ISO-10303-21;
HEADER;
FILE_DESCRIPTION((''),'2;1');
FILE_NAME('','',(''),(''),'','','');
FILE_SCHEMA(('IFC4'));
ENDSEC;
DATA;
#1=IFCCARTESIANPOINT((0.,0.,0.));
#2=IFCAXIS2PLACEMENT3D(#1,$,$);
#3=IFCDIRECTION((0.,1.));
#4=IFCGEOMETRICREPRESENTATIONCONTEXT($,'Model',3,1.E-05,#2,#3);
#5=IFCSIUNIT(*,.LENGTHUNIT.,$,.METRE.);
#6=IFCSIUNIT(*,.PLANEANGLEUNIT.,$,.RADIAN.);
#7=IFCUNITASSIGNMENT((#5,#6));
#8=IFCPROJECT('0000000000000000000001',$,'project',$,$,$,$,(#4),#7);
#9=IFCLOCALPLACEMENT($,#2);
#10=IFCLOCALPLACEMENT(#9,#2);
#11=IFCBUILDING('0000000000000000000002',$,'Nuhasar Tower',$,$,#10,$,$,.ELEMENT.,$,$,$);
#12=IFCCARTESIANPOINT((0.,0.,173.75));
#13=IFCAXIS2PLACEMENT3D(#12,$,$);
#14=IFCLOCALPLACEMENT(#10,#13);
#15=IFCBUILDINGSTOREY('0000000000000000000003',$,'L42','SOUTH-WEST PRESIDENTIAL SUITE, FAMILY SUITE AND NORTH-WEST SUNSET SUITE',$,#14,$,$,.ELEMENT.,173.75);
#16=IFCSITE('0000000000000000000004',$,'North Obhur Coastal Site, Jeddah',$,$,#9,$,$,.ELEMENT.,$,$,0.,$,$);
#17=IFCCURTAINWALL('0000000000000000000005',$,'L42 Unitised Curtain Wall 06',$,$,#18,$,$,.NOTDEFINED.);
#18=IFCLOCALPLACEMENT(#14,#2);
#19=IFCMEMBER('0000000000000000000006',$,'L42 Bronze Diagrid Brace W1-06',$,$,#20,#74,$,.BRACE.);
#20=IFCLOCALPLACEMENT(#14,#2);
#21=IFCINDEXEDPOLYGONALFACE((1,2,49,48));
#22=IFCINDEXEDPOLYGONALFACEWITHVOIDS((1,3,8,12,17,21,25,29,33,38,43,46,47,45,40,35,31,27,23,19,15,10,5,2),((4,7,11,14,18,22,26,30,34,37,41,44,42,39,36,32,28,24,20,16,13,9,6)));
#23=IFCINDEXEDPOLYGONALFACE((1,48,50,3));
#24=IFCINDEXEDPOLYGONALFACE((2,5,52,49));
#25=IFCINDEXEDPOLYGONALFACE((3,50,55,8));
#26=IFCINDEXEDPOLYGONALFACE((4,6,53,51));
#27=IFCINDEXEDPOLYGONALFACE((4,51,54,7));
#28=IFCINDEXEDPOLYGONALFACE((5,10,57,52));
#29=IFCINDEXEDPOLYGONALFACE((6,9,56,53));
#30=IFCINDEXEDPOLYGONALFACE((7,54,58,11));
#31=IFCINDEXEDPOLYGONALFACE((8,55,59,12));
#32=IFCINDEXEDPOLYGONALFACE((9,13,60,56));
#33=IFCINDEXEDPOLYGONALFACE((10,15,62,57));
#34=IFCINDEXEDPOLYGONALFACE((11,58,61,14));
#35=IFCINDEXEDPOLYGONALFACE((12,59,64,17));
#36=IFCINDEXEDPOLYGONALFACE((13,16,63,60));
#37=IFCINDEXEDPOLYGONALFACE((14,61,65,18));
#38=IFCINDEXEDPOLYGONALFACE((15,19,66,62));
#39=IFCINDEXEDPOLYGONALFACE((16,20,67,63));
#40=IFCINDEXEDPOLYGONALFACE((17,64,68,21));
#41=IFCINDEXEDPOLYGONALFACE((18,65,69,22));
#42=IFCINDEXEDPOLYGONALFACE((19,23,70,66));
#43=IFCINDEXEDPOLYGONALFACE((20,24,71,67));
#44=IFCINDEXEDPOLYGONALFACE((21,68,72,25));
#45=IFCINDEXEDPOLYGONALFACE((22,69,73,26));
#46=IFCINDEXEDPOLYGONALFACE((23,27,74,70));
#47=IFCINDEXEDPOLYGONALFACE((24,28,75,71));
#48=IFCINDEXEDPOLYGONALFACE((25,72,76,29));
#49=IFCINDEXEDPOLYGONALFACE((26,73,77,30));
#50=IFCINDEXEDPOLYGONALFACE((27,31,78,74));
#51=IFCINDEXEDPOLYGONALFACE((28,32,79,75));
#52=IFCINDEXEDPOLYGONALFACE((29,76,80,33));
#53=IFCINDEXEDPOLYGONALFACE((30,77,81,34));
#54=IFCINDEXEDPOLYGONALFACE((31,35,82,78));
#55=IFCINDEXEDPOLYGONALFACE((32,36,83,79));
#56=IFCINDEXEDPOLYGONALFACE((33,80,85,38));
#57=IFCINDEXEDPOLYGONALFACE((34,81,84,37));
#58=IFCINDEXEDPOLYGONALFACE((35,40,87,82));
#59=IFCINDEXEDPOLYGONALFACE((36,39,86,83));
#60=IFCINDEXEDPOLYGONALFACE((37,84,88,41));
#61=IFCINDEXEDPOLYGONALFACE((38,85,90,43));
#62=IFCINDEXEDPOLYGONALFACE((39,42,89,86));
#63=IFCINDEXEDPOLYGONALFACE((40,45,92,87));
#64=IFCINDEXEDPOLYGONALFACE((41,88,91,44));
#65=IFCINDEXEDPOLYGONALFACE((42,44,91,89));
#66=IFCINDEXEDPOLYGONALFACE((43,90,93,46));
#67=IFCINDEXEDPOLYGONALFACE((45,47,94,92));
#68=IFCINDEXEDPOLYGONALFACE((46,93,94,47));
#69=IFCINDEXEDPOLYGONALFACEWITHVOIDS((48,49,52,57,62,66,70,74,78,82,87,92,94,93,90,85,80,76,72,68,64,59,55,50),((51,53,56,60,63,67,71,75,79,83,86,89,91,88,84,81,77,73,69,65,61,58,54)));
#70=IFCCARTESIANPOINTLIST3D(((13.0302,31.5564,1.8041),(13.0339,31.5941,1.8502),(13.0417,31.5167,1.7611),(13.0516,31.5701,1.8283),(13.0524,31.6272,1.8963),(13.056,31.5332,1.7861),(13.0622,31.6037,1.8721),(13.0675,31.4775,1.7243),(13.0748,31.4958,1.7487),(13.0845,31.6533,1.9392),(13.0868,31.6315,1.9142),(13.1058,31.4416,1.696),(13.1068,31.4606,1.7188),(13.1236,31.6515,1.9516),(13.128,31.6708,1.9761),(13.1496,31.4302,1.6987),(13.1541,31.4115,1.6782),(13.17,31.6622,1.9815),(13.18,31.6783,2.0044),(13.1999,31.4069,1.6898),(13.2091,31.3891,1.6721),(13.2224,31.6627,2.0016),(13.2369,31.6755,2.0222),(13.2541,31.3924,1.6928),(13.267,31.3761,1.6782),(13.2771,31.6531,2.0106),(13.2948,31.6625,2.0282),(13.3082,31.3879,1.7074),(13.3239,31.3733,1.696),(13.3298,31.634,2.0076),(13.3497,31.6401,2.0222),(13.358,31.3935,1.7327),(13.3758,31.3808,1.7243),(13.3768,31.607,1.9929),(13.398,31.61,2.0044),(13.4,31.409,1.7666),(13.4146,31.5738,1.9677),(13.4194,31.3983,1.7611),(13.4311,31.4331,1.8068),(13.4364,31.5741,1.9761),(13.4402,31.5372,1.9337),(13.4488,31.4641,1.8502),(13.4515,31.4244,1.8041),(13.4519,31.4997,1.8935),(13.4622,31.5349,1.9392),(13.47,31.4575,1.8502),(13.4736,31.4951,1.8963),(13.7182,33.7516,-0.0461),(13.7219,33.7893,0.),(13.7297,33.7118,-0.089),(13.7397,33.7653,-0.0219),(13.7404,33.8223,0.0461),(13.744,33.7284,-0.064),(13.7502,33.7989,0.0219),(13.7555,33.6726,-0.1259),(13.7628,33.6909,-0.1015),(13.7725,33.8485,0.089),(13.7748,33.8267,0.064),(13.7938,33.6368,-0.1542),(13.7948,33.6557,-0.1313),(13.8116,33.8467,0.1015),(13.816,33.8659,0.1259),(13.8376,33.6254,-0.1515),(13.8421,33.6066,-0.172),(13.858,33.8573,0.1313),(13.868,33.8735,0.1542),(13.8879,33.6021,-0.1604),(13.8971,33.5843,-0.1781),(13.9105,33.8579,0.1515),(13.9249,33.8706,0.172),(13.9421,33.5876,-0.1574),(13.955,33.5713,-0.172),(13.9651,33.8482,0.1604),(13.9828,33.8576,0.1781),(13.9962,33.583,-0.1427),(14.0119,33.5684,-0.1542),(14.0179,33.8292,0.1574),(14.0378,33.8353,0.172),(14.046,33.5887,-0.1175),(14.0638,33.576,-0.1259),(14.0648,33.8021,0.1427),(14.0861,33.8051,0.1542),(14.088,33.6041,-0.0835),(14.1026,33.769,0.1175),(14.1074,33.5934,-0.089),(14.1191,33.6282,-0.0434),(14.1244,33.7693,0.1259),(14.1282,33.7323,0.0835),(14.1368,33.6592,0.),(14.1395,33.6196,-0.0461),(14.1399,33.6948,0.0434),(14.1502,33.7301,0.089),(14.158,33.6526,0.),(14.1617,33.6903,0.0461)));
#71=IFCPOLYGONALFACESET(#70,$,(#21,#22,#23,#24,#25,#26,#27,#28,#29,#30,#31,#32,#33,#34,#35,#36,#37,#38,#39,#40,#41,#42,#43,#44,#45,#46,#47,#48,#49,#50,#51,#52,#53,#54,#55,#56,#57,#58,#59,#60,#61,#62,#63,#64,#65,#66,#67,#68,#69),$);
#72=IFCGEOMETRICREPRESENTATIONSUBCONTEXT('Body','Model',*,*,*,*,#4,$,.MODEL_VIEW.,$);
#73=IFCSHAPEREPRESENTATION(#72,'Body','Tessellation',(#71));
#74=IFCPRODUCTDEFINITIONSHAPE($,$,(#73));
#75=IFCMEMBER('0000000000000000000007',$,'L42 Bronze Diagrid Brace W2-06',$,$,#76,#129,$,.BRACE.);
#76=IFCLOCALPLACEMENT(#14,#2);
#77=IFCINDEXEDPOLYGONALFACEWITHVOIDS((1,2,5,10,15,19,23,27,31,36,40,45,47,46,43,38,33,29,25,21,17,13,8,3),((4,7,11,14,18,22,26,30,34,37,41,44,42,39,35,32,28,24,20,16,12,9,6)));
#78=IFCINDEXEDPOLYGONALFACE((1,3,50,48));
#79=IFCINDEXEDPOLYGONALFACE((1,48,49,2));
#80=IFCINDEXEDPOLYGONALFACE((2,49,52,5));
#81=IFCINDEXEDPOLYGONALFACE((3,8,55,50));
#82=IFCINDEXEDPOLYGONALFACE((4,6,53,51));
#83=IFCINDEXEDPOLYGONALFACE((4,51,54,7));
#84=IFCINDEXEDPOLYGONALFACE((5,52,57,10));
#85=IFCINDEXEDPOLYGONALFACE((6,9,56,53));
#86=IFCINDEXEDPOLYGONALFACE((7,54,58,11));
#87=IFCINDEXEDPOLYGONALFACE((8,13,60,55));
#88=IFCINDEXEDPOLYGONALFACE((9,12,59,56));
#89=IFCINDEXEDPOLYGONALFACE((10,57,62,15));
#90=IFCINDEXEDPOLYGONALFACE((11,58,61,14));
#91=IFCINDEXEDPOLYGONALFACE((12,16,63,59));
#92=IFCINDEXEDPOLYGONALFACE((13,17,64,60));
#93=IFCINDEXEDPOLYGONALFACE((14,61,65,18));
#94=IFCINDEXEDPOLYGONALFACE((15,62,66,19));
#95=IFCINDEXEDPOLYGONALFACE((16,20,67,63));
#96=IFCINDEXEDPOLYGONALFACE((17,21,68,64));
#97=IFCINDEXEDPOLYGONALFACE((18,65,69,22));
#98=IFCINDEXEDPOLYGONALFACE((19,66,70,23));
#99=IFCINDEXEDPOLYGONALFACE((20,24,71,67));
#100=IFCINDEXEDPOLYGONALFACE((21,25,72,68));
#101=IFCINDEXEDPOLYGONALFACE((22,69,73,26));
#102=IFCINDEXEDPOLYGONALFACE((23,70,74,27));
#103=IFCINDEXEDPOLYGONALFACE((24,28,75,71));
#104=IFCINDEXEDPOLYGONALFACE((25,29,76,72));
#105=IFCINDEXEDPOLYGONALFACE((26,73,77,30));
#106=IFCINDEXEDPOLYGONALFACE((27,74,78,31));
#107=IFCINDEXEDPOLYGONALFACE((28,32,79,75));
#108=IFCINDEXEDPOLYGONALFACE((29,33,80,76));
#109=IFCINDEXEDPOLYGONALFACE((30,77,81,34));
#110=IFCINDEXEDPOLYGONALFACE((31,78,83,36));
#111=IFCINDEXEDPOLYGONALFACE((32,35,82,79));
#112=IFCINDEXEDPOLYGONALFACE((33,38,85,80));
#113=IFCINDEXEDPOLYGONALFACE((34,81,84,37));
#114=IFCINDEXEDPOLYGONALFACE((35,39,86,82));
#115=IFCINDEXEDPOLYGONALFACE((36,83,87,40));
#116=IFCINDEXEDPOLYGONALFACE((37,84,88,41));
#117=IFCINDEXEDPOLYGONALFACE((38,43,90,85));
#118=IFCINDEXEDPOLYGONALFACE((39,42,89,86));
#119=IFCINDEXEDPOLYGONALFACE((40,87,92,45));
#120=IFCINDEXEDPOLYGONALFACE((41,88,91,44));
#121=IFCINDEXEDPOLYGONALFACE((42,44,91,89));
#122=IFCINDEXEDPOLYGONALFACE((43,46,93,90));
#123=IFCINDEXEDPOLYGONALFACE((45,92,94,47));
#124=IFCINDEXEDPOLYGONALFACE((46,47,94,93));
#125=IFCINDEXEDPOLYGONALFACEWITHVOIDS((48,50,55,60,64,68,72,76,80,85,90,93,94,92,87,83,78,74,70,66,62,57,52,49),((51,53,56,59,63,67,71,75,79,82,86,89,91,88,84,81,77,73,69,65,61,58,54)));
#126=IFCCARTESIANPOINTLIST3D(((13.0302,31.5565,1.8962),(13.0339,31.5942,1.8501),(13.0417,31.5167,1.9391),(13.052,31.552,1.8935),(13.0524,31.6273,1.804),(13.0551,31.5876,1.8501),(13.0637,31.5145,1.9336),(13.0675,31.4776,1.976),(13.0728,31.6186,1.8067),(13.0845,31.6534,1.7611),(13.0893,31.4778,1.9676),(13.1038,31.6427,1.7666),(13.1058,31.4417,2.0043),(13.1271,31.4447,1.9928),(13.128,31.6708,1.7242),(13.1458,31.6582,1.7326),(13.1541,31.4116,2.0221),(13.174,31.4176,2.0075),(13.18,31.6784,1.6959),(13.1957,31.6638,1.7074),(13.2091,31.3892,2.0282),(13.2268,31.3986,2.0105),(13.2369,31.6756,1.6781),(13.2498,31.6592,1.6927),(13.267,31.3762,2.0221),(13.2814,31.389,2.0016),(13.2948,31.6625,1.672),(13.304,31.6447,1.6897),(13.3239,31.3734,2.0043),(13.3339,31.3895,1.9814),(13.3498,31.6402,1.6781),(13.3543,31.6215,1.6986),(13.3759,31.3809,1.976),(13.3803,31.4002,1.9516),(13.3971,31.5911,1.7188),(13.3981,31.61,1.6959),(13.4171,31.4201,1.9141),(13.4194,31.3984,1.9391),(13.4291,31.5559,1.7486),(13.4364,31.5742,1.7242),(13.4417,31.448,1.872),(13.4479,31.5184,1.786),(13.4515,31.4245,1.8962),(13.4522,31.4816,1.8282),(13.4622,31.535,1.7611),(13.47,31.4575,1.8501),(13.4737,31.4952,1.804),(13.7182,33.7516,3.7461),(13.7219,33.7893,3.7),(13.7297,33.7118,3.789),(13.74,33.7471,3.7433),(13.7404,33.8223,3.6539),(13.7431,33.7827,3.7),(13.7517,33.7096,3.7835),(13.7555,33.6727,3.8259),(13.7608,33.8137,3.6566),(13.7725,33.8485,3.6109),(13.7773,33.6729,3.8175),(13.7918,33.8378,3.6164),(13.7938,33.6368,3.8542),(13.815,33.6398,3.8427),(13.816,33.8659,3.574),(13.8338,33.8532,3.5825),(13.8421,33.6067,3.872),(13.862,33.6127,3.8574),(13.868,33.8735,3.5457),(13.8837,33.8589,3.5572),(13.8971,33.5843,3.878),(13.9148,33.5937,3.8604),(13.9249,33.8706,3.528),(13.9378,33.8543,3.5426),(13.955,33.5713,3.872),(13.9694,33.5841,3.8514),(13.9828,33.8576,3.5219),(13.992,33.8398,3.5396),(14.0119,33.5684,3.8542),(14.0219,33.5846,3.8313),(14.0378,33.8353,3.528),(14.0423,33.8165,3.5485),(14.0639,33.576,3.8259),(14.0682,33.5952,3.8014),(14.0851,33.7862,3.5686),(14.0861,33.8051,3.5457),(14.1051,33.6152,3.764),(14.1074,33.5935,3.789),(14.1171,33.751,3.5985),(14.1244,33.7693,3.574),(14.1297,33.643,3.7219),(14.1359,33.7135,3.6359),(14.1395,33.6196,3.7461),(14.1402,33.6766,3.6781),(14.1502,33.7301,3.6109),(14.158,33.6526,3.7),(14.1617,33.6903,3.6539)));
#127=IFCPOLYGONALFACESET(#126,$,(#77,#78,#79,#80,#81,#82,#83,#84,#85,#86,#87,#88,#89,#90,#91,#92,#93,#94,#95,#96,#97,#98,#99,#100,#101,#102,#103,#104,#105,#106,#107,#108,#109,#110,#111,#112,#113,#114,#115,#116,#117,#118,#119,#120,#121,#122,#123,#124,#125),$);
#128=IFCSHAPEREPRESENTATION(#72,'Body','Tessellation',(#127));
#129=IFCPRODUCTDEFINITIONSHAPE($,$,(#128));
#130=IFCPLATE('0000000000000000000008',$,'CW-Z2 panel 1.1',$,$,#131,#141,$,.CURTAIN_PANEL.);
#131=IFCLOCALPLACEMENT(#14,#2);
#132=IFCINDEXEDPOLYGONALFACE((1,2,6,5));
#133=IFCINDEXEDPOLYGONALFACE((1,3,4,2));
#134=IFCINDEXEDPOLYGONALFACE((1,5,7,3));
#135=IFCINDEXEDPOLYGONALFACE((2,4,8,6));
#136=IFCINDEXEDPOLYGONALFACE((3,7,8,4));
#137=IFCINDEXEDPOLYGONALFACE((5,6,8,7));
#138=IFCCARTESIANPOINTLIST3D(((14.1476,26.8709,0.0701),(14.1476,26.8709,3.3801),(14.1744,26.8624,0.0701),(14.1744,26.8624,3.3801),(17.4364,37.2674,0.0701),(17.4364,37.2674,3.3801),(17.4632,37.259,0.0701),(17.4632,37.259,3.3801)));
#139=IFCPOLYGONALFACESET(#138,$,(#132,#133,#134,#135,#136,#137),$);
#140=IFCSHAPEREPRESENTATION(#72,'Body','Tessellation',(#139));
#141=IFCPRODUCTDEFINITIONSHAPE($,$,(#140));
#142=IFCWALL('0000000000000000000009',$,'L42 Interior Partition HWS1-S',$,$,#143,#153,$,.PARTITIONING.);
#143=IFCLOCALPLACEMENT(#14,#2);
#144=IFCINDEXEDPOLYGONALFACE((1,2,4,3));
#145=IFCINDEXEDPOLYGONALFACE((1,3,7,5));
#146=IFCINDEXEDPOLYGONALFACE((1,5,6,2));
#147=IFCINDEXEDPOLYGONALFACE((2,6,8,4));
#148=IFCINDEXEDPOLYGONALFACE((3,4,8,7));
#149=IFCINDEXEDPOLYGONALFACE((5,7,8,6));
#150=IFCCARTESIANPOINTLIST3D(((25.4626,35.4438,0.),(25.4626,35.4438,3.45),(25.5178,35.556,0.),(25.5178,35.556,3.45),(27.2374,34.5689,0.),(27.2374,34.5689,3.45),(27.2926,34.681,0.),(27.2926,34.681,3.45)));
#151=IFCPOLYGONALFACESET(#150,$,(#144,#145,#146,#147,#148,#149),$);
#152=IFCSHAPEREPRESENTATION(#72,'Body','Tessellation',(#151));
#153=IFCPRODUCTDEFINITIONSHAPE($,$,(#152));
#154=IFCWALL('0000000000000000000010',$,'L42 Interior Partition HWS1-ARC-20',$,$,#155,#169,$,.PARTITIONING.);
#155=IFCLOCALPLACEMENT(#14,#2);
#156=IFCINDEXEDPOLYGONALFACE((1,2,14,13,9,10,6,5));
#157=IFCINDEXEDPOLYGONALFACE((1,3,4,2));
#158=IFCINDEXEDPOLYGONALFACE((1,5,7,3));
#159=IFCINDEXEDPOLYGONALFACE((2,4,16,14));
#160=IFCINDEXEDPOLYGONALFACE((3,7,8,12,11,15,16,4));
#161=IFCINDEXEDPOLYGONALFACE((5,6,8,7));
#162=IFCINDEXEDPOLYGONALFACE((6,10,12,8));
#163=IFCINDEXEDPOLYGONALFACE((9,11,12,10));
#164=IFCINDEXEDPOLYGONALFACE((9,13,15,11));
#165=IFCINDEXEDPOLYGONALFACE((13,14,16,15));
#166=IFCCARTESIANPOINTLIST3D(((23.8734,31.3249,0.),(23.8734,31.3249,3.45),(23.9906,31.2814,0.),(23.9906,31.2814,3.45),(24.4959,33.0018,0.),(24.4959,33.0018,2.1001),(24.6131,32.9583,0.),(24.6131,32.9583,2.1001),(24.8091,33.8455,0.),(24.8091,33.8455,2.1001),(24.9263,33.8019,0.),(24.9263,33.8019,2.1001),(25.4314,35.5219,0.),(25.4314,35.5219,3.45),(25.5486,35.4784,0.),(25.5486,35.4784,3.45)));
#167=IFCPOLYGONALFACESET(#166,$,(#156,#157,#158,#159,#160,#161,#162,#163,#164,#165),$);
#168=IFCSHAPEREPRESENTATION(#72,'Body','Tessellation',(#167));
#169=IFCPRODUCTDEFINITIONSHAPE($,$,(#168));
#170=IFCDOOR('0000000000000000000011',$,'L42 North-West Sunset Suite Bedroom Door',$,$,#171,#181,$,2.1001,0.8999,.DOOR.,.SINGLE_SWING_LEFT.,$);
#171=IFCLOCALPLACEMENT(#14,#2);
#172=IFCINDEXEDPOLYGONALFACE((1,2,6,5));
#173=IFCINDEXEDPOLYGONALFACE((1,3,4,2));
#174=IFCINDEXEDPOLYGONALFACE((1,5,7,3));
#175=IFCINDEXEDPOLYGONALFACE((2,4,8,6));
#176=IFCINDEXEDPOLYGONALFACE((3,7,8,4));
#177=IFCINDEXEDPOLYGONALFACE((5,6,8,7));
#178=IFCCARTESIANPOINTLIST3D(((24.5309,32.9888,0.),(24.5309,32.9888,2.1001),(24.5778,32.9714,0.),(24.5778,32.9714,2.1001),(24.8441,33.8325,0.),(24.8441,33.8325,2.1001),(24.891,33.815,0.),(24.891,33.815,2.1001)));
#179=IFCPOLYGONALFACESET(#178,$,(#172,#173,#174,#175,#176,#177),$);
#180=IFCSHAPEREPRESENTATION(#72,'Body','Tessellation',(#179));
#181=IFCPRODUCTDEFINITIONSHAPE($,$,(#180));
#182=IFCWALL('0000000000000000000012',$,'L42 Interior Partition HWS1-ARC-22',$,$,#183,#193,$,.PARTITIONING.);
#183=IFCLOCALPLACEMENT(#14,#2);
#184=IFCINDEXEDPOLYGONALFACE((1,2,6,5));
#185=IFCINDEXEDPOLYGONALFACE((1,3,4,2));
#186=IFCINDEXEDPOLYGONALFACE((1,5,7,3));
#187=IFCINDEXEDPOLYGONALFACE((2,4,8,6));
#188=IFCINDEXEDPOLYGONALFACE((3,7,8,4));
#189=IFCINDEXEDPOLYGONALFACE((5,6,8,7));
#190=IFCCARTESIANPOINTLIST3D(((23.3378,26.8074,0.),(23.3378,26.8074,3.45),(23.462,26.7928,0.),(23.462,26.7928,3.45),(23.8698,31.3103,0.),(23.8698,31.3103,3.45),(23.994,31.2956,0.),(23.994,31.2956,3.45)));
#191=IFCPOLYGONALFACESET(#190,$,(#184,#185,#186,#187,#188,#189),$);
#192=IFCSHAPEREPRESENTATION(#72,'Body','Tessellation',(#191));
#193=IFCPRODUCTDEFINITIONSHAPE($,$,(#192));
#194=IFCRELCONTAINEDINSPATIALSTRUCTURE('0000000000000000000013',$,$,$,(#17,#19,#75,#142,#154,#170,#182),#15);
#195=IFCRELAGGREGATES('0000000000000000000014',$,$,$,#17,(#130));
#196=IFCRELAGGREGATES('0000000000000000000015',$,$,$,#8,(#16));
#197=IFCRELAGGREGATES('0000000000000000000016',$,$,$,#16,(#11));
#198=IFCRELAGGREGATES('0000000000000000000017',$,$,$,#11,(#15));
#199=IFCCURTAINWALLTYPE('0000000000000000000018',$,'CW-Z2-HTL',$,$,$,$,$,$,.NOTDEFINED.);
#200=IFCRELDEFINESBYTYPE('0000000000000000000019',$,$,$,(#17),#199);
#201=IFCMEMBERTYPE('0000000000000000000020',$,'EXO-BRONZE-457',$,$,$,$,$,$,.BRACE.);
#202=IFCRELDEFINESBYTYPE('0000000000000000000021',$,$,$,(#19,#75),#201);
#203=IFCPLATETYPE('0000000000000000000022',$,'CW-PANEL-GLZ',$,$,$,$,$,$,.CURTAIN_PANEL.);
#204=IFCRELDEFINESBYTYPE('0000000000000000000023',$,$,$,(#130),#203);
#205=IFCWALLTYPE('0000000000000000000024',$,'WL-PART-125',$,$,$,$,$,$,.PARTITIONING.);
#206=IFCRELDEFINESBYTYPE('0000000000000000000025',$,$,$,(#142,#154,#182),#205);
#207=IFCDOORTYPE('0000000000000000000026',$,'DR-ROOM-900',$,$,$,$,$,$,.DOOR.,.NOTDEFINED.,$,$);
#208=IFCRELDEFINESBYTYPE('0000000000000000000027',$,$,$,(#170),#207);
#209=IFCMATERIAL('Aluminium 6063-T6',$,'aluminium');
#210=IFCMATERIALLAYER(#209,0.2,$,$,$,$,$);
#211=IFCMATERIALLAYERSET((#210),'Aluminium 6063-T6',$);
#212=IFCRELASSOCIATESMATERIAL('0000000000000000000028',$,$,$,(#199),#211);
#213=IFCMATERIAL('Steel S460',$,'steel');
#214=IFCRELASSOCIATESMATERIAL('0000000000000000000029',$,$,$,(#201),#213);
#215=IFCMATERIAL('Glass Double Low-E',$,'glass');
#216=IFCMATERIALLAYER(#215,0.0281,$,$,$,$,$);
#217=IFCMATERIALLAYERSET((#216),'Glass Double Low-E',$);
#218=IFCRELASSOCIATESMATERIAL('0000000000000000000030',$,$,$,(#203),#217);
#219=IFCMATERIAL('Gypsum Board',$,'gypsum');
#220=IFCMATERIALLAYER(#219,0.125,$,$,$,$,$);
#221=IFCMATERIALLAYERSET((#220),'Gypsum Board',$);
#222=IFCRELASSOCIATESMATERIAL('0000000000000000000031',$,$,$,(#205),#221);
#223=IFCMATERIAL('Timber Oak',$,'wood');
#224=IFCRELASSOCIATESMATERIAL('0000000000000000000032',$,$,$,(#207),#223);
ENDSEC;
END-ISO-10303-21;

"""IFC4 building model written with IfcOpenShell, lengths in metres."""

from ifc_helpers import new_model, si_unit, direction, frame, frame_2d, origin, origin_2d, place, context, subcontext, project, spatial, rectangle, hollow_circle, extrude, material, layer, layer_set, material_profile, profile_set, type_object, element, fill, aggregate, save


model = new_model("IFC4")

# Units and contexts
model_context = context("Model", 3, precision=1e-05, world=origin(), true_north=direction((0.0, 1.0)))
body_context = subcontext(model_context, "Body", "Model", "MODEL_VIEW")
ifc_project = project(units=[si_unit("LENGTHUNIT", "METRE"), si_unit("PLANEANGLEUNIT", "RADIAN")], contexts=[model_context])

# Site, building, storey
site_placement = place(None, origin())
site = spatial("IfcSite", under=ifc_project, at=site_placement, Name="North Obhur Coastal Site, Jeddah", CompositionType="ELEMENT", RefElevation=0.0)
building_placement = place(site_placement, origin())
building = spatial("IfcBuilding", under=site, at=building_placement, Name="Nuhasar Tower", CompositionType="ELEMENT")
storey_placement = place(building_placement, frame((0.0, 0.0, 173.75)))
storey = spatial("IfcBuildingStorey", under=building, at=storey_placement, Name="L42", Description="SOUTH-WEST PRESIDENTIAL SUITE, FAMILY SUITE AND NORTH-WEST SUNSET SUITE", CompositionType="ELEMENT", Elevation=173.75)

# Curtain wall
ifc_material_1 = material(Name="Aluminium 6063-T6", Category="aluminium")
ifc_layer_1 = layer(ifc_material_1, 0.2)
ifc_layer_set_1 = layer_set([ifc_layer_1], Name="Aluminium 6063-T6")
curtain_wall_type = type_object("IfcCurtainWallType", Name="CW-Z2-HTL", PredefinedType="NOTDEFINED", material=ifc_layer_set_1)
curtain_wall_placement = place(storey_placement, origin())
curtain_wall = element("IfcCurtainWall", 1, at=curtain_wall_placement, inside=storey, type_object=curtain_wall_type, Name="L42 Unitised Curtain Wall 06", PredefinedType="NOTDEFINED")

# Members
ifc_material_2 = material(Name="Steel S460", Category="steel")
ifc_material_profile_1 = material_profile(ifc_material_2, hollow_circle(Radius=0.2285, WallThickness=0.0222, at=origin_2d()), Name="HSS457X22.2")
ifc_profile_set_1 = profile_set([ifc_material_profile_1], Name="Steel S460")
member_type_1 = type_object("IfcMemberType", Name="EXO-BRONZE-457", PredefinedType="BRACE", material=ifc_profile_set_1)
member_1_placement = place(storey_placement, frame((13.9399, 33.7209, 0.0), z_axis=(-0.233056, -0.743578, 0.626719), x_axis=(0.954228, -0.299079, 0.0)))
element("IfcMember", 2, at=member_1_placement, inside=storey, type_object=member_type_1, Name="L42 Bronze Diagrid Brace W1-06", PredefinedType="BRACE", context=body_context, shape_type="SweptSolid", body=[
    extrude(hollow_circle(Radius=0.2285, WallThickness=0.0222, at=origin_2d()), origin(), (0.0, 0.0, 1.0), 2.9521),
])
member_2_placement = place(storey_placement, frame((13.252, 31.5259, 1.8501), z_axis=(0.233068, 0.743616, 0.626669), x_axis=(-0.954228, 0.299079, 0.0)))
element("IfcMember", 3, at=member_2_placement, inside=storey, type_object=member_type_1, Name="L42 Bronze Diagrid Brace W2-06", PredefinedType="BRACE", context=body_context, shape_type="SweptSolid", body=[
    extrude(hollow_circle(Radius=0.2285, WallThickness=0.0222, at=origin_2d()), origin(), (0.0, 0.0, 1.0), 2.9519),
])

# Plate
ifc_material_3 = material(Name="Glass Double Low-E", Category="glass")
ifc_layer_2 = layer(ifc_material_3, 0.0281)
ifc_layer_set_2 = layer_set([ifc_layer_2], Name="Glass Double Low-E")
plate_type = type_object("IfcPlateType", Name="CW-PANEL-GLZ", PredefinedType="CURTAIN_PANEL", material=ifc_layer_set_2)
plate_placement = place(storey_placement, frame((15.8054, 32.0649, 0.0701), z_axis=(0.0, 0.0, 1.0), x_axis=(-0.301604, -0.953433, 0.0)))
plate = element("IfcPlate", 4, at=plate_placement, type_object=plate_type, Name="CW-Z2 panel 1.1", PredefinedType="CURTAIN_PANEL", context=body_context, shape_type="SweptSolid", body=[
    extrude(rectangle(XDim=10.9043, YDim=0.0281, at=origin_2d()), origin(), (0.0, 0.0, 1.0), 3.3101),
])
aggregate(curtain_wall, [plate])

# Shared definitions
ifc_material_4 = material(Name="Gypsum Board", Category="gypsum")
ifc_material_5 = material(Name="Timber Oak", Category="wood")

# Wall
ifc_layer_3 = layer(ifc_material_4, 0.125)
ifc_layer_set_3 = layer_set([ifc_layer_3], Name="Gypsum Board")
wall_type_1 = type_object("IfcWallType", Name="WL-PART-125", PredefinedType="PARTITIONING", material=ifc_layer_set_3)
wall_1_placement = place(storey_placement, frame((27.2649, 34.625, 0.0), z_axis=(0.0, 0.0, 1.0), x_axis=(-0.89693, 0.442173, 0.0)))
element("IfcWall", 5, at=wall_1_placement, inside=storey, type_object=wall_type_1, Name="L42 Interior Partition HWS1-S", PredefinedType="PARTITIONING", context=body_context, shape_type="SweptSolid", body=[
    extrude(rectangle(XDim=1.9788, YDim=0.125, at=frame_2d((0.9893, 0.0))), origin(), (0.0, 0.0, 1.0), 3.45),
])

# Wall, opening, door
wall_2_placement = place(storey_placement, frame((25.49, 35.5, 0.0), z_axis=(0.0, 0.0, 1.0), x_axis=(-0.348032, -0.937483, 0.0)))
wall_2 = element("IfcWall", 6, at=wall_2_placement, inside=storey, type_object=wall_type_1, Name="L42 Interior Partition HWS1-ARC-20", PredefinedType="PARTITIONING", context=body_context, shape_type="SweptSolid", body=[
    extrude(rectangle(XDim=4.4768, YDim=0.125, at=frame_2d((2.2383, 0.0))), origin(), (0.0, 0.0, 1.0), 3.45),
])
opening_1_placement = place(wall_2_placement, frame((1.7881, 0.0, 0.0)))
opening_1 = element("IfcOpeningElement", 7, at=opening_1_placement, cuts=wall_2, PredefinedType="OPENING", context=body_context, shape_type="SweptSolid", body=[
    extrude(rectangle(XDim=0.8999, YDim=2.1001, at=frame_2d((0.45, 1.05))), frame((0.0, 0.0725, 0.0), z_axis=(0.0, -1.0, 0.0), x_axis=(1.0, 0.0, 0.0)), (0.0, 0.0, 1.0), 0.145),
])
door_type_1 = type_object("IfcDoorType", Name="DR-ROOM-900", OperationType="NOTDEFINED", PredefinedType="DOOR", material=ifc_material_5)
door_1_placement = place(opening_1_placement, origin())
door_1 = element("IfcDoor", 8, at=door_1_placement, inside=storey, type_object=door_type_1, Name="L42 North-West Sunset Suite Bedroom Door", OperationType="SINGLE_SWING_LEFT", OverallHeight=2.1001, OverallWidth=0.8999, PredefinedType="DOOR", context=body_context, shape_type="SweptSolid", body=[
    extrude(rectangle(XDim=0.8999, YDim=2.1001, at=frame_2d((0.45, 1.05))), frame((0.0, 0.0249, 0.0), z_axis=(0.0, -1.0, 0.0), x_axis=(1.0, 0.0, 0.0)), (0.0, 0.0, 1.0), 0.05),
])
fill(opening_1, door_1)

# Wall
for number, where, z_axis, x_axis, name in (
    (9, (23.9319, 31.303, 0.0), (0.0, 0.0, 1.0), (-0.117325, -0.993094, 0.0), "L42 Interior Partition HWS1-ARC-22"),
):
    element("IfcWall", number, at=place(storey_placement, frame(where, z_axis=z_axis, x_axis=x_axis)), inside=storey, type_object=wall_type_1, Name=name, PredefinedType="PARTITIONING", context=body_context, shape_type="SweptSolid", body=[
        extrude(rectangle(XDim=4.5342, YDim=0.125, at=frame_2d((2.2671, 0.0))), origin(), (0.0, 0.0, 1.0), 3.45),
    ])

save(model, "model.ifc")
